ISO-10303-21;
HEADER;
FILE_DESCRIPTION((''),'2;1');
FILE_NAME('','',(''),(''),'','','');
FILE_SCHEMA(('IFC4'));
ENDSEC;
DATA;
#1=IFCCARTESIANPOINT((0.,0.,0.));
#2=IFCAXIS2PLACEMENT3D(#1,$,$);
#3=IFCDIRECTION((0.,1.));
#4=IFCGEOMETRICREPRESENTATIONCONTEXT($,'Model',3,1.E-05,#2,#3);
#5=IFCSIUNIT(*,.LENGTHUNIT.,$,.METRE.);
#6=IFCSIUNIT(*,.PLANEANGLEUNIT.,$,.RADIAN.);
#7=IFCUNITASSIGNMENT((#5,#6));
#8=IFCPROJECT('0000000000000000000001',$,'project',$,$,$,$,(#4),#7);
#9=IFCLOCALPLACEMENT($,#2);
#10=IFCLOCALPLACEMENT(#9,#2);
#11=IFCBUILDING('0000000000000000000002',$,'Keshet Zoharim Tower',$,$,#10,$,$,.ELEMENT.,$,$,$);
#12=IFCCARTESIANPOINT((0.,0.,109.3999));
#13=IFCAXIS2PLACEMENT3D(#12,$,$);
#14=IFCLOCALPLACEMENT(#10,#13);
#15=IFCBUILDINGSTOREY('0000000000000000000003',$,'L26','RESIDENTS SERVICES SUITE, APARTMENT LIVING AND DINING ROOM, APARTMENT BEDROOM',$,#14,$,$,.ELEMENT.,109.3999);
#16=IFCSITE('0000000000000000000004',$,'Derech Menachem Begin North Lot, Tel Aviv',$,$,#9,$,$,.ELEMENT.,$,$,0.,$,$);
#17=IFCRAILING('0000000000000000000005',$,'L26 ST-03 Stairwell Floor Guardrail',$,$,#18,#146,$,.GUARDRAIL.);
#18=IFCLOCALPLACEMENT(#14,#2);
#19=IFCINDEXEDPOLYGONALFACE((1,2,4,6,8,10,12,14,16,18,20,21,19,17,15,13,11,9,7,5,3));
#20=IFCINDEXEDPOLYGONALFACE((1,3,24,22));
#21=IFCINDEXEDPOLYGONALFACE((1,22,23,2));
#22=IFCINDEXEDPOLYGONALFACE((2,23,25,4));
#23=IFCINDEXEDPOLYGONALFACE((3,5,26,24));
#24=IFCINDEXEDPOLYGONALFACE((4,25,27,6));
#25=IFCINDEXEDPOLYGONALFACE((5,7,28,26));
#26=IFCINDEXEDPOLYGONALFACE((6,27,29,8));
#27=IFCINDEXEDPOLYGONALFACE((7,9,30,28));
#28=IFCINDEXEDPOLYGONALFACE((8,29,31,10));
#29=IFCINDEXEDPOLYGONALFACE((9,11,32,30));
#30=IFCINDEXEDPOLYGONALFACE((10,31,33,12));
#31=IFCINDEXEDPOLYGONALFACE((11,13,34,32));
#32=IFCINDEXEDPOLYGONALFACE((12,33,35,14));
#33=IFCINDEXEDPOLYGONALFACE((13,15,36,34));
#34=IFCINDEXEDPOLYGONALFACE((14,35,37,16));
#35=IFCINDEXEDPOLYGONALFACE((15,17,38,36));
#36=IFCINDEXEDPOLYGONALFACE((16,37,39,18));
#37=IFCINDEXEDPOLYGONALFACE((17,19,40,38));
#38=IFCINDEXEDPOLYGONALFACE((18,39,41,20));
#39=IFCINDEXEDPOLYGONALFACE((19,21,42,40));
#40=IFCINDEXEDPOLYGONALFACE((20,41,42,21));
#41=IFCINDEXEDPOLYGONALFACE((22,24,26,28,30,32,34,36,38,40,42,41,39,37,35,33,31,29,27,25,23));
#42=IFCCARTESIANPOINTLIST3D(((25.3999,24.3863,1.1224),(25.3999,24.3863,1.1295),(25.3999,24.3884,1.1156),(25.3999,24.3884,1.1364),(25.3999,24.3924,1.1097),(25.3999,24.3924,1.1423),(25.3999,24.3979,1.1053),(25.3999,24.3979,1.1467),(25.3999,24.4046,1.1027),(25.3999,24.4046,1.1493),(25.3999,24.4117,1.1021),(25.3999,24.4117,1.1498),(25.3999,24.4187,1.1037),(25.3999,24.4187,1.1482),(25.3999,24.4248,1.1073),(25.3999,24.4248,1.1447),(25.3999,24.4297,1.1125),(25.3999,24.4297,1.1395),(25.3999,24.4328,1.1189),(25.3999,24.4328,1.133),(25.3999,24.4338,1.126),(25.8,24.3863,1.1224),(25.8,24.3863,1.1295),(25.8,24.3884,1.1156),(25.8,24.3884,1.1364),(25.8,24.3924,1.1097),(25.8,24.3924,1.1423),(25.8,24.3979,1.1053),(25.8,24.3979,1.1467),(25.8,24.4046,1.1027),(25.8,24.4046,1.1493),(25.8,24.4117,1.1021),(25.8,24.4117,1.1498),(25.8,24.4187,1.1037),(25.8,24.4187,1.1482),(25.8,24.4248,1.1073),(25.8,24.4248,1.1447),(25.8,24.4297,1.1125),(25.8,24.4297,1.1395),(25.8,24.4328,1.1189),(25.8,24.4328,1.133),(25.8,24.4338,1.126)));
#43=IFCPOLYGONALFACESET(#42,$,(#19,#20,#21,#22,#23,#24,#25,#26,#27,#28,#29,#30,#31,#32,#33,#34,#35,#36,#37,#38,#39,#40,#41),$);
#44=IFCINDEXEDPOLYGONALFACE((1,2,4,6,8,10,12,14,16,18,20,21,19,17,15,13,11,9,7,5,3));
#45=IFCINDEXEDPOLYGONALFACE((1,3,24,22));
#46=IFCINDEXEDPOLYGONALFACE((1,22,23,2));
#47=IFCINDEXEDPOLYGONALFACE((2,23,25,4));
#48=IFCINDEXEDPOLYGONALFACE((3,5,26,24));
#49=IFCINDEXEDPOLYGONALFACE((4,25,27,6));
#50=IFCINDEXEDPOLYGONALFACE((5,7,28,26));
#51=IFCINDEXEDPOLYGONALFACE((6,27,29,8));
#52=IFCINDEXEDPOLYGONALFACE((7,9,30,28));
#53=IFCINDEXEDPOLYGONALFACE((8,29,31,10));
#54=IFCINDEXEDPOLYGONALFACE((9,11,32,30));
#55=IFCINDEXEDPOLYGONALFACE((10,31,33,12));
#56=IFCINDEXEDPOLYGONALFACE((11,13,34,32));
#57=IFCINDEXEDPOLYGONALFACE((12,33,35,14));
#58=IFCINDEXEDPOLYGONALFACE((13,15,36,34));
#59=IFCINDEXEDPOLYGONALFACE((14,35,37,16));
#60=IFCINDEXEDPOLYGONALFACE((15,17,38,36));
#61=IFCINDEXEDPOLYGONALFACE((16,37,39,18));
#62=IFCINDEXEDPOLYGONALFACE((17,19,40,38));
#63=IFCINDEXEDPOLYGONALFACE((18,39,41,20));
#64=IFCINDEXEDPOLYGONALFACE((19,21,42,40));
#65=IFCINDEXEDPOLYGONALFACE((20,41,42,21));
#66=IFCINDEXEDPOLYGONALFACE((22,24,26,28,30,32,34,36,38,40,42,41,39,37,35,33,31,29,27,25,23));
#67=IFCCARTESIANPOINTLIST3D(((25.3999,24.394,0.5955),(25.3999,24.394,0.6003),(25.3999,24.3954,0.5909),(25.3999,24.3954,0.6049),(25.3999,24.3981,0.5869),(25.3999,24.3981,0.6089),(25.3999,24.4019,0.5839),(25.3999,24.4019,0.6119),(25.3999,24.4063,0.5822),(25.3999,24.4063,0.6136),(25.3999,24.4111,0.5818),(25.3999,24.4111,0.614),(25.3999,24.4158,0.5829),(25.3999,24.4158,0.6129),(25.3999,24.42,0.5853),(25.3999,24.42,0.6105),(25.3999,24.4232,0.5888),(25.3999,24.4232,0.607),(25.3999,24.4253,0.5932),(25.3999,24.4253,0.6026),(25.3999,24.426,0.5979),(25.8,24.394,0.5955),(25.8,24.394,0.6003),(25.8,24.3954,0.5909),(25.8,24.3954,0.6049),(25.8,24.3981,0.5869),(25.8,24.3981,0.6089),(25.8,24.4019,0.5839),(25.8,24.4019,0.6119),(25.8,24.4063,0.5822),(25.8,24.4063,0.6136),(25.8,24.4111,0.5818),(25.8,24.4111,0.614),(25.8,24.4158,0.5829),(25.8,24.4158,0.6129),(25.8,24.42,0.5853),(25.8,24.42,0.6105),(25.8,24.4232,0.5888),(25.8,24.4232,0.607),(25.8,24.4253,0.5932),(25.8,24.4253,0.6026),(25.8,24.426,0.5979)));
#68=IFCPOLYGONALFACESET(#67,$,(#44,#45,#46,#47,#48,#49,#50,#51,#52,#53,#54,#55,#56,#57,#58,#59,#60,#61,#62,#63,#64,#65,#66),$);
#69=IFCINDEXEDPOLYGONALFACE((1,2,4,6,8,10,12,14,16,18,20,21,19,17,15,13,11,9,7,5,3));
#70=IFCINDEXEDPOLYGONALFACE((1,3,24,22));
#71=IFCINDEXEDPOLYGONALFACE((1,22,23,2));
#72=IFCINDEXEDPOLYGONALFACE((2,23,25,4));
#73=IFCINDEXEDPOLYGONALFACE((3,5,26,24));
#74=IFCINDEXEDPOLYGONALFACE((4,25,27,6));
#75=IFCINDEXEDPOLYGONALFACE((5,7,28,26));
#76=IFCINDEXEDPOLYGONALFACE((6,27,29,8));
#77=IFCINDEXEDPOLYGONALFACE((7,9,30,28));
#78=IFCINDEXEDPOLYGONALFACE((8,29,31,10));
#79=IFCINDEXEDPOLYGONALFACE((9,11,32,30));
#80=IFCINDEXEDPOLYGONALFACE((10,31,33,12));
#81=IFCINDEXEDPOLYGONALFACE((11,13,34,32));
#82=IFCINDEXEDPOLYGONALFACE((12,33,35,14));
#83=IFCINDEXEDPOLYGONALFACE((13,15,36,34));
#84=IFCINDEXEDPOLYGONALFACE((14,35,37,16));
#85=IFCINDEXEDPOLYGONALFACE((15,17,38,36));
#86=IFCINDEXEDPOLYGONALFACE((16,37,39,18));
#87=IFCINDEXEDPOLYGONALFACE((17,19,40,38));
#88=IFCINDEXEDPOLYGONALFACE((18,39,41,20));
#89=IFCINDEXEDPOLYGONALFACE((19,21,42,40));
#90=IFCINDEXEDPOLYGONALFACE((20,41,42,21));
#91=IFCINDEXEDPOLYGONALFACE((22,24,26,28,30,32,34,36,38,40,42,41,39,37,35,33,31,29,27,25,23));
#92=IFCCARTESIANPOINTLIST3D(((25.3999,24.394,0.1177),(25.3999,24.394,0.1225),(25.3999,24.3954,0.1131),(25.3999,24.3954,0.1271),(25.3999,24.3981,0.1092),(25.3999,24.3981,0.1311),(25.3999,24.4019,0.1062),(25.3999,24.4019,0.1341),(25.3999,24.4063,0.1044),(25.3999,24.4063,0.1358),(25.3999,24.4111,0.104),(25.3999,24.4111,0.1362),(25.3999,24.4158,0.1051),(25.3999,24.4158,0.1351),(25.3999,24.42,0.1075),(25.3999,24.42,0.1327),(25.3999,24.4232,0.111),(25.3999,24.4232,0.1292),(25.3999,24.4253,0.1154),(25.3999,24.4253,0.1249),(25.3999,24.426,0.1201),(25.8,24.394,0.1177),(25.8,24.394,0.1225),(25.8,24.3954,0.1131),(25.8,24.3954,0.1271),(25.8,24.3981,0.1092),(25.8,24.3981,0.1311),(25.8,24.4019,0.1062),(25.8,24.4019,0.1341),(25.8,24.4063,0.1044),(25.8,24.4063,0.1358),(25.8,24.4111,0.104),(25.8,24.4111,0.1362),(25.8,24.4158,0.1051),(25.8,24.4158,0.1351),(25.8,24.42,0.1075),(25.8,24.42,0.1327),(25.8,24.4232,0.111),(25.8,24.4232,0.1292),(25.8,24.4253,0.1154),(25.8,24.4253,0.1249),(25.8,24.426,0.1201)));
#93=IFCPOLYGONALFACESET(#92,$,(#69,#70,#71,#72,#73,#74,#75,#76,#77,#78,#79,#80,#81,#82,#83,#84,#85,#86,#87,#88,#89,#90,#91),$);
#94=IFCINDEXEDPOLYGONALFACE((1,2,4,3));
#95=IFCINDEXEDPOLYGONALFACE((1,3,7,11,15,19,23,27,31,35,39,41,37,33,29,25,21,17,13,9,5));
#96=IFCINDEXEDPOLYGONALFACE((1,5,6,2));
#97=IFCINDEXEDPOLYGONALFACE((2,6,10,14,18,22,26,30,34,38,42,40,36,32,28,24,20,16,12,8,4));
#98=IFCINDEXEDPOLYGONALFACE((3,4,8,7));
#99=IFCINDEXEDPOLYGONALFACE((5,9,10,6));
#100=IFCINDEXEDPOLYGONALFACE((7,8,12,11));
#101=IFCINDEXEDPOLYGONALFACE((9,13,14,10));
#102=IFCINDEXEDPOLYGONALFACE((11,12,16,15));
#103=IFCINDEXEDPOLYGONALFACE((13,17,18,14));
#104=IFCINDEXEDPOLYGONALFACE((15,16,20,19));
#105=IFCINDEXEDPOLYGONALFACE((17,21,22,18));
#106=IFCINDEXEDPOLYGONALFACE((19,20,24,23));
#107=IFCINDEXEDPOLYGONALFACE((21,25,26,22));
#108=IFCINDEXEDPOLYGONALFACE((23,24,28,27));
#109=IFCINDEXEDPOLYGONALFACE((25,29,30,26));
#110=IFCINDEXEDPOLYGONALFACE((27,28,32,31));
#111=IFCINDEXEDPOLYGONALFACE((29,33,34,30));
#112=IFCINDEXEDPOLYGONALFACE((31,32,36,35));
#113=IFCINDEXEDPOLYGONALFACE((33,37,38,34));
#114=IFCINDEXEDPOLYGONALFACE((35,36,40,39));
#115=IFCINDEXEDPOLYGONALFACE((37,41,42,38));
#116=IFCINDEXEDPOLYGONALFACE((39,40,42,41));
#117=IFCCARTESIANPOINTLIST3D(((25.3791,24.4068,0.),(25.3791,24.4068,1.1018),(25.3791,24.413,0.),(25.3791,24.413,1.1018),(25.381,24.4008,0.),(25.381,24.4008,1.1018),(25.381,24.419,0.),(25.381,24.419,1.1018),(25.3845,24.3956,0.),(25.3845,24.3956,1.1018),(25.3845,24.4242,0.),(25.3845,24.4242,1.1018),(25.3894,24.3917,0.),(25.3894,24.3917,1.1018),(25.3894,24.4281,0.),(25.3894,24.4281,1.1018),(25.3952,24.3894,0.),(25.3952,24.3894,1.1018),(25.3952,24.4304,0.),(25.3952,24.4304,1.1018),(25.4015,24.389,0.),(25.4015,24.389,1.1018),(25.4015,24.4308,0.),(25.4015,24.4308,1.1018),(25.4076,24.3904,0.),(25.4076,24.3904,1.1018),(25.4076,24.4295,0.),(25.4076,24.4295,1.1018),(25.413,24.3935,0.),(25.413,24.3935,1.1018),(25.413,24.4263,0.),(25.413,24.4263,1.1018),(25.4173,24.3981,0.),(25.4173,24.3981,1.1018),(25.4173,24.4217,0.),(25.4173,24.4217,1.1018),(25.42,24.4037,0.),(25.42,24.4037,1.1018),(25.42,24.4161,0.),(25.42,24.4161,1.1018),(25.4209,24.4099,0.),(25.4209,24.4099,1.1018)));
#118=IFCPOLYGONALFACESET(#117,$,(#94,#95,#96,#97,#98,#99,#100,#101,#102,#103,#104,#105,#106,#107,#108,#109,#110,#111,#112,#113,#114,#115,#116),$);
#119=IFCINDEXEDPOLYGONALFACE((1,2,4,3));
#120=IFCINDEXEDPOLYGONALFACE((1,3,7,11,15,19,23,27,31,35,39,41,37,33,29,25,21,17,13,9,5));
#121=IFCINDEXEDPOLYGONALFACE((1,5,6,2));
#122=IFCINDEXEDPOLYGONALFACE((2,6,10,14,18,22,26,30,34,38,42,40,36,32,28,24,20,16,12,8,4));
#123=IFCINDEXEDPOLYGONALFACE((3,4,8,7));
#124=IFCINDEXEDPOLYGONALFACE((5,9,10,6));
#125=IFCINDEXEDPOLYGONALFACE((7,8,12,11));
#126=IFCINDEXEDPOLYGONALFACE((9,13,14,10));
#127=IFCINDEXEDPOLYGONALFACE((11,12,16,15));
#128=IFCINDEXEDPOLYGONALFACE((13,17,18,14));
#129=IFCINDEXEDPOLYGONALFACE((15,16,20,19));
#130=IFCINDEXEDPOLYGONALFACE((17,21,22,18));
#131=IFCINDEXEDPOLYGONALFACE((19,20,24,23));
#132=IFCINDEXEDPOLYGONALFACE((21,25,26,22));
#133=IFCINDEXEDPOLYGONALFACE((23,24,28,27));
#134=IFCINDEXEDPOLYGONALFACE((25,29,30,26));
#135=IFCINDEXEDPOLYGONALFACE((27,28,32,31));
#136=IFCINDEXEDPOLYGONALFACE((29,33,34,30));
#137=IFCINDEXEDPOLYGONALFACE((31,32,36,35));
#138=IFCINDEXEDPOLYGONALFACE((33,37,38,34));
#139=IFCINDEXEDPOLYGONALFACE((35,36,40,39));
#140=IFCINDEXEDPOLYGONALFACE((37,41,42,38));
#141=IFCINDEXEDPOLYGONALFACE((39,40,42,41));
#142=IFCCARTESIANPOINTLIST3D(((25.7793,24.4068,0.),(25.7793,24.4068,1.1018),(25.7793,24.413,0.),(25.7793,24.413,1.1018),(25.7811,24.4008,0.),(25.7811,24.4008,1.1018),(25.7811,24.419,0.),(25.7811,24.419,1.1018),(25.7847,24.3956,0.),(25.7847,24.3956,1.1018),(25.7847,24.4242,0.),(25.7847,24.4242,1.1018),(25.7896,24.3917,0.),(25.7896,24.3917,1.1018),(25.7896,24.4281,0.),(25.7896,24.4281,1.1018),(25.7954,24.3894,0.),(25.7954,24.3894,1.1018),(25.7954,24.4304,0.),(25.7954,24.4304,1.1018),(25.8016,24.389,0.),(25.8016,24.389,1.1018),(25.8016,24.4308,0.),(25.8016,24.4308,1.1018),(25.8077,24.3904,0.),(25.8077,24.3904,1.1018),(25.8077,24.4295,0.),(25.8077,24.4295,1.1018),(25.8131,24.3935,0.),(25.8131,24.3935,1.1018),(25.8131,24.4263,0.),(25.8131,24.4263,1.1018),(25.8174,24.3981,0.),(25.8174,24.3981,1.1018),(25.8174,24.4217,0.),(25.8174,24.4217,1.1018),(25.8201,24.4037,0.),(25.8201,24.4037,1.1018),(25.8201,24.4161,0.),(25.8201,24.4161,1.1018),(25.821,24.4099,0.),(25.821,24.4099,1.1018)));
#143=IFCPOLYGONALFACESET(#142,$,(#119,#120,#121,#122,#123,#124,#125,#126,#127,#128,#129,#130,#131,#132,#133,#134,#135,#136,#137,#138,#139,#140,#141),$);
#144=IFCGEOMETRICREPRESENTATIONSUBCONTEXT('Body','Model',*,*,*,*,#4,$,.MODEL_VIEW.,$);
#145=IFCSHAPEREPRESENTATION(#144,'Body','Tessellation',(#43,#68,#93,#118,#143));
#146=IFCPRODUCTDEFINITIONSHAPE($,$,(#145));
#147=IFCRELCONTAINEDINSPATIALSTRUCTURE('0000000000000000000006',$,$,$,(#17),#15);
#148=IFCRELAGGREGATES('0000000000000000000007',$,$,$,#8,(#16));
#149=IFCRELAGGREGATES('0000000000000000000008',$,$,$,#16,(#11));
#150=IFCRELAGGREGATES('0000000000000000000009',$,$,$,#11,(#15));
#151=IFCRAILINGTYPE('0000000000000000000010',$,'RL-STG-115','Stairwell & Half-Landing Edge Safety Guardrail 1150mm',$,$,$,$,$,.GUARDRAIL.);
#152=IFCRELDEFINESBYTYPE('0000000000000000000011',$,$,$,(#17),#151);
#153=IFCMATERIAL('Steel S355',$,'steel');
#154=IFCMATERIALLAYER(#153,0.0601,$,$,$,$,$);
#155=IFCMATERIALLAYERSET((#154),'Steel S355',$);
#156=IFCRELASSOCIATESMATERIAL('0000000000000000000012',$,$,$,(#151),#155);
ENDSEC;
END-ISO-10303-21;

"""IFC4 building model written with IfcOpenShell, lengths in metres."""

from ifc_helpers import new_model, si_unit, direction, frame, origin, origin_2d, place, context, subcontext, project, spatial, circle, extrude, material, layer, layer_set, type_object, element, save


model = new_model("IFC4")

# Units and contexts
model_context = context("Model", 3, precision=1e-05, world=origin(), true_north=direction((0.0, 1.0)))
body_context = subcontext(model_context, "Body", "Model", "MODEL_VIEW")
ifc_project = project(units=[si_unit("LENGTHUNIT", "METRE"), si_unit("PLANEANGLEUNIT", "RADIAN")], contexts=[model_context])

# Site, building, storey
site_placement = place(None, origin())
site = spatial("IfcSite", under=ifc_project, at=site_placement, Name="Derech Menachem Begin North Lot, Tel Aviv", CompositionType="ELEMENT", RefElevation=0.0)
building_placement = place(site_placement, origin())
building = spatial("IfcBuilding", under=site, at=building_placement, Name="Keshet Zoharim Tower", CompositionType="ELEMENT")
storey_placement = place(building_placement, frame((0.0, 0.0, 109.3999)))
storey = spatial("IfcBuildingStorey", under=building, at=storey_placement, Name="L26", Description="RESIDENTS SERVICES SUITE, APARTMENT LIVING AND DINING ROOM, APARTMENT BEDROOM", CompositionType="ELEMENT", Elevation=109.3999)

# Railing
ifc_material_1 = material(Name="Steel S355", Category="steel")
ifc_layer_1 = layer(ifc_material_1, 0.0601)
ifc_layer_set_1 = layer_set([ifc_layer_1], Name="Steel S355")
railing_type_1 = type_object("IfcRailingType", Name="RL-STG-115", Description="Stairwell & Half-Landing Edge Safety Guardrail 1150mm", PredefinedType="GUARDRAIL", material=ifc_layer_set_1)
railing_1_placement = place(storey_placement, frame((25.3999, 24.4099, 0.0)))
element("IfcRailing", 1, at=railing_1_placement, inside=storey, type_object=railing_type_1, Name="L26 ST-03 Stairwell Floor Guardrail", PredefinedType="GUARDRAIL", context=body_context, shape_type="SweptSolid", body=[
    extrude(circle(Radius=0.0239, at=origin_2d()), frame((0.0, 0.0, 1.126), z_axis=(1.0, 0.0, 0.0), x_axis=(0.0, 1.0, 0.0)), (0.0, 0.0, 1.0), 0.4001),
    extrude(circle(Radius=0.0161, at=origin_2d()), frame((0.0, 0.0, 0.5979), z_axis=(1.0, 0.0, 0.0), x_axis=(0.0, 1.0, 0.0)), (0.0, 0.0, 1.0), 0.4001),
    extrude(circle(Radius=0.0161, at=origin_2d()), frame((0.0, 0.0, 0.1201), z_axis=(1.0, 0.0, 0.0), x_axis=(0.0, 1.0, 0.0)), (0.0, 0.0, 1.0), 0.4001),
    extrude(circle(Radius=0.021, at=origin_2d()), origin(), (0.0, 0.0, 1.0), 1.1018),
    extrude(circle(Radius=0.021, at=origin_2d()), frame((0.4001, 0.0, 0.0)), (0.0, 0.0, 1.0), 1.1018),
])

save(model, "model.ifc")
